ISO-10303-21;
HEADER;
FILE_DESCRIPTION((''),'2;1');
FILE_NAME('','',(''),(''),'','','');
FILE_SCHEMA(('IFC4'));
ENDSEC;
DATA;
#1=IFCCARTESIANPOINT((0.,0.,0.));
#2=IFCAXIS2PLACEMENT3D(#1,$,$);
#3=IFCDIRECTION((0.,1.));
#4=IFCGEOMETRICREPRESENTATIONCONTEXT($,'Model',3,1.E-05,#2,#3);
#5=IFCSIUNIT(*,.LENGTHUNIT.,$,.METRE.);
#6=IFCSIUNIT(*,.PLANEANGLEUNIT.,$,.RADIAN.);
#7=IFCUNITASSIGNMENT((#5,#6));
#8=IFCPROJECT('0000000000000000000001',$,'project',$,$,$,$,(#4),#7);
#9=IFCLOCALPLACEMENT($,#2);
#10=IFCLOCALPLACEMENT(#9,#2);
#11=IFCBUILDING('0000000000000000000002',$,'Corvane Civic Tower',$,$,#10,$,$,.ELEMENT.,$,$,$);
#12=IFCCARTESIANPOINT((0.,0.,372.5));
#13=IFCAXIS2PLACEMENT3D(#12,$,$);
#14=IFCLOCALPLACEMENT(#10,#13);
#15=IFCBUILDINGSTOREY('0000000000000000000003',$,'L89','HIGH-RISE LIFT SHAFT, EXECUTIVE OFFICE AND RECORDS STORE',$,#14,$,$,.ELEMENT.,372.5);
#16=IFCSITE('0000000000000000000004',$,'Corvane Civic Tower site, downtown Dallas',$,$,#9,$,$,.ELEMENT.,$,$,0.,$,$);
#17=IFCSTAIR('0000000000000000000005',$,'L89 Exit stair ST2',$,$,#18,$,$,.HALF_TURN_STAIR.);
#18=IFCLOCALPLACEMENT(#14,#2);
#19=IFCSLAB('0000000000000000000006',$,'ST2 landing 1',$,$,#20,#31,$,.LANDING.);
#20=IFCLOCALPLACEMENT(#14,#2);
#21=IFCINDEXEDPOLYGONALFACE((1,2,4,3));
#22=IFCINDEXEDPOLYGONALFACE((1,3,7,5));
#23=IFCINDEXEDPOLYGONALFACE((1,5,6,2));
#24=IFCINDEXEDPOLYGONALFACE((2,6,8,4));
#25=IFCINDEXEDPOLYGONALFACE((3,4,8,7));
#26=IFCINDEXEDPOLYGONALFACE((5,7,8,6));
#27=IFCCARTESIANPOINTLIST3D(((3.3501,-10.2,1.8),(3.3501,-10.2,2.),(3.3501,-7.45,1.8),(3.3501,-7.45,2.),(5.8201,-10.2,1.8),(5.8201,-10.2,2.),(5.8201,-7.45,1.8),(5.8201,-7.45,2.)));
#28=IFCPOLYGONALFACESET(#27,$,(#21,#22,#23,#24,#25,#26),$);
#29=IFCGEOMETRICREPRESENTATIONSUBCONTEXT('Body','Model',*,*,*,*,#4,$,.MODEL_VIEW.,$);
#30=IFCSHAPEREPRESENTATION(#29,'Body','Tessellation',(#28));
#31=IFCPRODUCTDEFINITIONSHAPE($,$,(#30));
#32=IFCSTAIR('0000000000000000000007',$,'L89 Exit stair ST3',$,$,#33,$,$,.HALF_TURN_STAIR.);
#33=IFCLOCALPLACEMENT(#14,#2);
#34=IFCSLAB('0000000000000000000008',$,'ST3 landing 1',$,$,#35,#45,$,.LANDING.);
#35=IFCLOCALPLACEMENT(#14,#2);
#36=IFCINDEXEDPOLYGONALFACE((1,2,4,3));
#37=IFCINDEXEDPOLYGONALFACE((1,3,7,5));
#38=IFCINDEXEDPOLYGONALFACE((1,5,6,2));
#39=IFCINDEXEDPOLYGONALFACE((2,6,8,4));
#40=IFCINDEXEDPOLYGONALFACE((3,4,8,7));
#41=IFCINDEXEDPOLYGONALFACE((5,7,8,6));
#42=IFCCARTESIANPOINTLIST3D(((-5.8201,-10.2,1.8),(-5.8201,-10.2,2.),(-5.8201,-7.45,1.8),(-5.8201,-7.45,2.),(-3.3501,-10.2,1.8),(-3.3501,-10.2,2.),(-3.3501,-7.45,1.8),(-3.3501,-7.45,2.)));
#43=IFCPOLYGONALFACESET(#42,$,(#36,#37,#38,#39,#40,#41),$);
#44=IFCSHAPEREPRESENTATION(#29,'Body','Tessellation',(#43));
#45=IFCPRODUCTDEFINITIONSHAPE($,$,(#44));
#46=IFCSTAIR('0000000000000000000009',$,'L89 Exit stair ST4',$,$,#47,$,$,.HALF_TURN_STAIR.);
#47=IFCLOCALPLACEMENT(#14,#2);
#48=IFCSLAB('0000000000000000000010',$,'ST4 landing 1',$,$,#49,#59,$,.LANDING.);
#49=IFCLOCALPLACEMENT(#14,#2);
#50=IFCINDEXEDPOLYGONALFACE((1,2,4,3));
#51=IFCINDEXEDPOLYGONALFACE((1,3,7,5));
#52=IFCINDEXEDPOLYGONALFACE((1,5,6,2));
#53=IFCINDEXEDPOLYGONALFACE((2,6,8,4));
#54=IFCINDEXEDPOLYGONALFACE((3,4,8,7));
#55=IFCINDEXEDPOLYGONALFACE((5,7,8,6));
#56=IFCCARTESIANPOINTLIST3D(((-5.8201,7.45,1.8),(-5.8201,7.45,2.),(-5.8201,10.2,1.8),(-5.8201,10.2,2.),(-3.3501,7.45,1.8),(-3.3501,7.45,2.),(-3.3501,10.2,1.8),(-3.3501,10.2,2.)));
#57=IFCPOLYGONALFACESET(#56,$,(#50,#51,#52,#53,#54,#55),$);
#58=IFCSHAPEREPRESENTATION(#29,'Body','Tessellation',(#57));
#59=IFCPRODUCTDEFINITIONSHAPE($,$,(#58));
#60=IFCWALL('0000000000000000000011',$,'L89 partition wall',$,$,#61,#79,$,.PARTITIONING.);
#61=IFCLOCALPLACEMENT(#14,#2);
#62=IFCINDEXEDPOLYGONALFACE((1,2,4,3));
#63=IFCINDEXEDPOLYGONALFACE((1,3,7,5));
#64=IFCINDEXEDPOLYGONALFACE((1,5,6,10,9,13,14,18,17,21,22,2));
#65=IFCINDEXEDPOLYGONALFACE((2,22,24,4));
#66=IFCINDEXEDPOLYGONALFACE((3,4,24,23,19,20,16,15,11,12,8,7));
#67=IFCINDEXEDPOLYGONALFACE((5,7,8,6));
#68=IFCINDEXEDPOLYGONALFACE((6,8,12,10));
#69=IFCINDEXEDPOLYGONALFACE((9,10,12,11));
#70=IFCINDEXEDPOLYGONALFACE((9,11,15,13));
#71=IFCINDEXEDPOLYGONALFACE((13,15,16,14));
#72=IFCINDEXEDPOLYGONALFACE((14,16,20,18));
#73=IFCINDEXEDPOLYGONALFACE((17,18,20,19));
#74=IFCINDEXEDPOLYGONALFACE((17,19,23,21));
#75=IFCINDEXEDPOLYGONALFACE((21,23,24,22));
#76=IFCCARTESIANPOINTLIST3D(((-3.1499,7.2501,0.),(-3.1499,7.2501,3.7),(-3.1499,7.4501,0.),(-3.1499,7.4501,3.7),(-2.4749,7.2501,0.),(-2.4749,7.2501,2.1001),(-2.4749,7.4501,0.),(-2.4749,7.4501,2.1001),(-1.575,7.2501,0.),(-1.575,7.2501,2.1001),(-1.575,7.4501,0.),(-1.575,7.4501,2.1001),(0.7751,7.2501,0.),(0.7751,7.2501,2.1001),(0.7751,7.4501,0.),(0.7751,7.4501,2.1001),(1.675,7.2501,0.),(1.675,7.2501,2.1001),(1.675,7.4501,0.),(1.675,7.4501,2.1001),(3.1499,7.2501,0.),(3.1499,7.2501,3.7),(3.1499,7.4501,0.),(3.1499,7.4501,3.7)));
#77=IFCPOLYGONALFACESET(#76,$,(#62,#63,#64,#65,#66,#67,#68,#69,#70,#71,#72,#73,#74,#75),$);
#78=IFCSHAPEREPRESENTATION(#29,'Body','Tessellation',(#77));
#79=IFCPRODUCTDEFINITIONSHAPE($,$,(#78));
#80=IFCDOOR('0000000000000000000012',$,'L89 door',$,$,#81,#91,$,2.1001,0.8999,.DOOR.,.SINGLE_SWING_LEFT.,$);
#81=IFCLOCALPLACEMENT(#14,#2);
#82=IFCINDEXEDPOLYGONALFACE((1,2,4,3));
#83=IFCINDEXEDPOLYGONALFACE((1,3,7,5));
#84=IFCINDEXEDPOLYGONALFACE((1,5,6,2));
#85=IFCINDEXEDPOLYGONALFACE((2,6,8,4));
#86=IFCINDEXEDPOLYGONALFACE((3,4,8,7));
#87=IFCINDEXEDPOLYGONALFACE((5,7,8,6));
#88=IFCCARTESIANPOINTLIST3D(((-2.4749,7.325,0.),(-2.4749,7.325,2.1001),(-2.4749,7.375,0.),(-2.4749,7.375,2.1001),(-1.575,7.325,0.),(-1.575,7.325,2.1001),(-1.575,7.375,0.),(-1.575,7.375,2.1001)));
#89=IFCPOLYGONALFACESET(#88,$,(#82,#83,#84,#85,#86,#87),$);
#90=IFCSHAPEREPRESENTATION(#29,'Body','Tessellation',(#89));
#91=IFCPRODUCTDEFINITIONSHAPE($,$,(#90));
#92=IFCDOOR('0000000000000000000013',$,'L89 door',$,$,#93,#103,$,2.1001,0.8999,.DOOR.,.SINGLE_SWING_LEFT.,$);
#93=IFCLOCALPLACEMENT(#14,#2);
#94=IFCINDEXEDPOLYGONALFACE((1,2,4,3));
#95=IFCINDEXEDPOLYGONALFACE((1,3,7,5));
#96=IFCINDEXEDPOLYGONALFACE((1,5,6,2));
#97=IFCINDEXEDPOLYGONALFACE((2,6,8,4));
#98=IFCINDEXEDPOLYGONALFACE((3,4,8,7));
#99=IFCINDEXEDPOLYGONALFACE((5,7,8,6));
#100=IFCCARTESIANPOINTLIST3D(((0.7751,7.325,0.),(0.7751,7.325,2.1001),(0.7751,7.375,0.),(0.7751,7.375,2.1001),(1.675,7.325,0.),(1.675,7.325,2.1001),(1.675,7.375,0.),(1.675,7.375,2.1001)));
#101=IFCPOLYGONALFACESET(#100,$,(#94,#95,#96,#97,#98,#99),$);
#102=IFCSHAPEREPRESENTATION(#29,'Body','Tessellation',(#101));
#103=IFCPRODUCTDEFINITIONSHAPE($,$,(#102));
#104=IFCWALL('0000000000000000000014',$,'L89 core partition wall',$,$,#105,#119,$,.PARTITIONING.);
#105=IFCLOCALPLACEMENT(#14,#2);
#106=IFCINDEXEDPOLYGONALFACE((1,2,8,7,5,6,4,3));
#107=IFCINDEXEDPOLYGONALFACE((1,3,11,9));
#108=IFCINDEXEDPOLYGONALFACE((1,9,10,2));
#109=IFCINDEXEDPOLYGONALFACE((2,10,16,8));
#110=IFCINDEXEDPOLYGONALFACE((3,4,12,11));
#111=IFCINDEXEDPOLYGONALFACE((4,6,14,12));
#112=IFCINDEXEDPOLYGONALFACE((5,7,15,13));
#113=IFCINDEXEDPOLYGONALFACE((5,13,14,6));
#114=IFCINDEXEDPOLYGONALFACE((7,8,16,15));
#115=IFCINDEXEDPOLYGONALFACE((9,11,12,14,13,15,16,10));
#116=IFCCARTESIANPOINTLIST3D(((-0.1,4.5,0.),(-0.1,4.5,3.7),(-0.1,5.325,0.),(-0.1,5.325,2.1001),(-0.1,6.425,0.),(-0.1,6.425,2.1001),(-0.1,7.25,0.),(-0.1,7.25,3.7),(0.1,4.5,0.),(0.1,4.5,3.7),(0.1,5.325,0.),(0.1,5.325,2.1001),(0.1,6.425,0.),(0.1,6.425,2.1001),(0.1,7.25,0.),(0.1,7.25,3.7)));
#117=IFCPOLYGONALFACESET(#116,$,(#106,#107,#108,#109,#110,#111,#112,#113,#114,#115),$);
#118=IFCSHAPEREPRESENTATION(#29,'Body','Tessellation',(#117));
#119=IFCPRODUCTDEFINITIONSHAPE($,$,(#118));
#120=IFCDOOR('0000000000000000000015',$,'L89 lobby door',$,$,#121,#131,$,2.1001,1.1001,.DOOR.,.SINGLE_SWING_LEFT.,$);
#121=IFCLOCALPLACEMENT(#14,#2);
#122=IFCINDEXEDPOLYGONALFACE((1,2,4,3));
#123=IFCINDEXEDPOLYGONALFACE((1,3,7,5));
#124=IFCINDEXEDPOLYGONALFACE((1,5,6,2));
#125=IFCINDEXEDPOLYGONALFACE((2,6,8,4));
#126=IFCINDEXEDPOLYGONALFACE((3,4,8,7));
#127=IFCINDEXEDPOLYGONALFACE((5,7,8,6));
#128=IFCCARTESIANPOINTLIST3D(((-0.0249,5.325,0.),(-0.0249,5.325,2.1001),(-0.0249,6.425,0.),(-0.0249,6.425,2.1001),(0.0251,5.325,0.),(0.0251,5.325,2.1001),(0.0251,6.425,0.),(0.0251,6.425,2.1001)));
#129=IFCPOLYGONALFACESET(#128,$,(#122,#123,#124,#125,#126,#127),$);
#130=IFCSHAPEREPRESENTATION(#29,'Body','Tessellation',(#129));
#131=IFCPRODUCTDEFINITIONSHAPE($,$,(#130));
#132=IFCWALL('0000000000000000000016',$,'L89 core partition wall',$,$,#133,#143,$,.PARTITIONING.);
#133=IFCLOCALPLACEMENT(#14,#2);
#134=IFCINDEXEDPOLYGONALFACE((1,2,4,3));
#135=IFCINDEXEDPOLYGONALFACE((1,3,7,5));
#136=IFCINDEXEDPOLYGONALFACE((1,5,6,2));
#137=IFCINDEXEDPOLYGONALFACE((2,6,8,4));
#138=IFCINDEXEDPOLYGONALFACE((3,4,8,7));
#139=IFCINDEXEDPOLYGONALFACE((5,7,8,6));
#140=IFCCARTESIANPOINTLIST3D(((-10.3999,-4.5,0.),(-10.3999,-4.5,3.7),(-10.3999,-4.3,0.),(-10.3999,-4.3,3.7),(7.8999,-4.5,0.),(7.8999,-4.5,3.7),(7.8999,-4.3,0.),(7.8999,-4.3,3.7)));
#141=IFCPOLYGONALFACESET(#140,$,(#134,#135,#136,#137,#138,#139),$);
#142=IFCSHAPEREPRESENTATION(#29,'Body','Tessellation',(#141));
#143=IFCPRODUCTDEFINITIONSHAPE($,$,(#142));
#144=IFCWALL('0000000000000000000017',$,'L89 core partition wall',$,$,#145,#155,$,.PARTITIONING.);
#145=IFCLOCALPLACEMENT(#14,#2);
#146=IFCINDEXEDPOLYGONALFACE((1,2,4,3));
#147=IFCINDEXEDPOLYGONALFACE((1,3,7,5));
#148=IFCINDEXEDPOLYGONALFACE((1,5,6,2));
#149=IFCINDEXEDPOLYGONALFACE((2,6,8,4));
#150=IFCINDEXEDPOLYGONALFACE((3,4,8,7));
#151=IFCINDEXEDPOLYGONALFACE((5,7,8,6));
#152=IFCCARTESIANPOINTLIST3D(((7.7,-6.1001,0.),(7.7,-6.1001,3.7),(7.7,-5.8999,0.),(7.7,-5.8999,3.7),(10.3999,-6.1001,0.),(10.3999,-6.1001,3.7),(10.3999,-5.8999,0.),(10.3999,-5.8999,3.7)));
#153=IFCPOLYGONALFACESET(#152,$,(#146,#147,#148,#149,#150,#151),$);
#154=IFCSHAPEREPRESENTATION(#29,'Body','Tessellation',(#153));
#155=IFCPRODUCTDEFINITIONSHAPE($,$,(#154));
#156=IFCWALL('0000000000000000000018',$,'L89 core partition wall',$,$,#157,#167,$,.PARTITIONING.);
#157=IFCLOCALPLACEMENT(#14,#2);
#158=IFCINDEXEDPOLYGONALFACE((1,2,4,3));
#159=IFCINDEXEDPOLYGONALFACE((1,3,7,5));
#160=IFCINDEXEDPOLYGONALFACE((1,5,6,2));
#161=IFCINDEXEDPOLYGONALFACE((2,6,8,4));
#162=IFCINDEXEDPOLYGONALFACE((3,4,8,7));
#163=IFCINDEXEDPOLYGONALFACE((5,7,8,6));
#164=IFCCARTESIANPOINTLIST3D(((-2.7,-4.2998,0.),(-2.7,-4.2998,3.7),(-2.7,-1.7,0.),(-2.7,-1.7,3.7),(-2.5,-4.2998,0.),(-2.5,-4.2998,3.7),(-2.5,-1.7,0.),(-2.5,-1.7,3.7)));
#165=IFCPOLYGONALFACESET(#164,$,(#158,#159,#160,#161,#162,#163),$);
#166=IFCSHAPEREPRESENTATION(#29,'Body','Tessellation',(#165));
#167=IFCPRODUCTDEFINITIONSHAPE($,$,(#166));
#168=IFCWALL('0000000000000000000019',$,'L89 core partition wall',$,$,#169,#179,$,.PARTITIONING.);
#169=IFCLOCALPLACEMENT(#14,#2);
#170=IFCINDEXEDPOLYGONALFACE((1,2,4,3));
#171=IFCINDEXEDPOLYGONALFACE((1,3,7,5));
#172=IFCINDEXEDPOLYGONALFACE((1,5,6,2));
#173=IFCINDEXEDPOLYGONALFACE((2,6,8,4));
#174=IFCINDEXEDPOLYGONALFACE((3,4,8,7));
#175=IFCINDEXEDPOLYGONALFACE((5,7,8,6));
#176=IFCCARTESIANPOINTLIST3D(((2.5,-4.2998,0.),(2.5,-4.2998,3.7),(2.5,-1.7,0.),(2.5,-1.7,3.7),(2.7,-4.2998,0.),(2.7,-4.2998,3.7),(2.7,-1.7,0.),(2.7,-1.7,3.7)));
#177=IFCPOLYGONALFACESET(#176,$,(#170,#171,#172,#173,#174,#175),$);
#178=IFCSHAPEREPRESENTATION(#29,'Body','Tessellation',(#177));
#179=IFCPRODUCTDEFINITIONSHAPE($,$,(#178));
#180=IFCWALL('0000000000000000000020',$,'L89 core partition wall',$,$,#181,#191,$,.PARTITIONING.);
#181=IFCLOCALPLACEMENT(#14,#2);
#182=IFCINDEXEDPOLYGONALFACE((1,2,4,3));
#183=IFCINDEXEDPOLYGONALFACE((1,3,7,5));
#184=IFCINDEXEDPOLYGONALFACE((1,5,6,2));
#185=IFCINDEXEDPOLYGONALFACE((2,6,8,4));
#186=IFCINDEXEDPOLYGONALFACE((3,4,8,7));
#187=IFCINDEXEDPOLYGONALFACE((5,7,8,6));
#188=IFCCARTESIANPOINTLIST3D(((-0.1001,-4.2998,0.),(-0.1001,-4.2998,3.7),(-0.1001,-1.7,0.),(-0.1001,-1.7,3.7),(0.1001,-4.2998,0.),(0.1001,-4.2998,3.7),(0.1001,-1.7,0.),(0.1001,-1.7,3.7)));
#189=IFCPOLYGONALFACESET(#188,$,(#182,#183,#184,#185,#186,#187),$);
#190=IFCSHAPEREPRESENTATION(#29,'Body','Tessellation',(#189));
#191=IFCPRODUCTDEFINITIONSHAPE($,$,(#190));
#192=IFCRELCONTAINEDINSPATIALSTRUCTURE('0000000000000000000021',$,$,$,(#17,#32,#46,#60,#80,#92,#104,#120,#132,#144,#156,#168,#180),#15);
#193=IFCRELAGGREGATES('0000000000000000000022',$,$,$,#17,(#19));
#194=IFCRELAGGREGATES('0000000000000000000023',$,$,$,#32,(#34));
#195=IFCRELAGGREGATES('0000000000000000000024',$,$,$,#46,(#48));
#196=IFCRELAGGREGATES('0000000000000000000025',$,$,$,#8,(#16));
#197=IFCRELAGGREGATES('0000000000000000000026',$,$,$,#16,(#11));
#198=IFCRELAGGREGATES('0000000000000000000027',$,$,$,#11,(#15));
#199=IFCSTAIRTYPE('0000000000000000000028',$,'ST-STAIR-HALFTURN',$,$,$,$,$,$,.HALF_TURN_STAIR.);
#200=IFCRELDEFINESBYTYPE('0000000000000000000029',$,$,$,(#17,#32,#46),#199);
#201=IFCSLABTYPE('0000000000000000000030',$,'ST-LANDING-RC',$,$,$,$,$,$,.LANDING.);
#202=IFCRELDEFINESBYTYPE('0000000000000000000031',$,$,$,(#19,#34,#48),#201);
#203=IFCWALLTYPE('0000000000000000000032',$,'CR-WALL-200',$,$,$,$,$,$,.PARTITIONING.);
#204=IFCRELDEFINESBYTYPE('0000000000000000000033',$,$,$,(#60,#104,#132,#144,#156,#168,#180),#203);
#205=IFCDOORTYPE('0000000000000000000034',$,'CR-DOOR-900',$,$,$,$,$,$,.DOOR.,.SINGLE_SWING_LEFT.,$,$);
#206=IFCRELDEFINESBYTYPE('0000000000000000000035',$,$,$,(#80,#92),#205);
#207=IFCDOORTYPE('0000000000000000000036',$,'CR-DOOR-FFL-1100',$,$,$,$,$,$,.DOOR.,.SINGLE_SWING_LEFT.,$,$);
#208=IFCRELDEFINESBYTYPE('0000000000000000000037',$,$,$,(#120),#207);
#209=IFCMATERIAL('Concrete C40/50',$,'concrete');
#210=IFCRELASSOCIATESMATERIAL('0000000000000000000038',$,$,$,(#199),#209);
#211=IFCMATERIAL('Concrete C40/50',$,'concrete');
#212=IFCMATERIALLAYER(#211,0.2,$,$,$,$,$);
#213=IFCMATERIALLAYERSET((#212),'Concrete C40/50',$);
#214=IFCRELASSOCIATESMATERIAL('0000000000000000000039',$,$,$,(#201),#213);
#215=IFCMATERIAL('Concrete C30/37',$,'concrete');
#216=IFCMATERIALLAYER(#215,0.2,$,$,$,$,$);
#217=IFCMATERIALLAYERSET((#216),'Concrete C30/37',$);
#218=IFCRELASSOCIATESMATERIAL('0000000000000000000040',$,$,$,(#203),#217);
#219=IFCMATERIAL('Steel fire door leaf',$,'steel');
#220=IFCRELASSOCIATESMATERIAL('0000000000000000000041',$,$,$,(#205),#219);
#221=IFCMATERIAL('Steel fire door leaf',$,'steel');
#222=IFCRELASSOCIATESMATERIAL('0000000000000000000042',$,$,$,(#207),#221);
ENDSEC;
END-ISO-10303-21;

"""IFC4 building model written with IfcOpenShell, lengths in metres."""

from ifc_helpers import new_model, si_unit, direction, frame, frame_2d, origin, place, context, subcontext, project, spatial, polyline, rectangle, outline, extrude, material, layer, layer_set, type_object, element, fill, aggregate, save


model = new_model("IFC4")

# Units and contexts
model_context = context("Model", 3, precision=1e-05, world=origin(), true_north=direction((0.0, 1.0)))
body_context = subcontext(model_context, "Body", "Model", "MODEL_VIEW")
ifc_project = project(units=[si_unit("LENGTHUNIT", "METRE"), si_unit("PLANEANGLEUNIT", "RADIAN")], contexts=[model_context])

# Site, building, storey
site_placement = place(None, origin())
site = spatial("IfcSite", under=ifc_project, at=site_placement, Name="Corvane Civic Tower site, downtown Dallas", CompositionType="ELEMENT", RefElevation=0.0)
building_placement = place(site_placement, origin())
building = spatial("IfcBuilding", under=site, at=building_placement, Name="Corvane Civic Tower", CompositionType="ELEMENT")
storey_placement = place(building_placement, frame((0.0, 0.0, 372.5)))
storey = spatial("IfcBuildingStorey", under=building, at=storey_placement, Name="L89", Description="HIGH-RISE LIFT SHAFT, EXECUTIVE OFFICE AND RECORDS STORE", CompositionType="ELEMENT", Elevation=372.5)

# Stairs, slabs
ifc_material_1 = material(Name="Concrete C40/50", Category="concrete")
stair_type = type_object("IfcStairType", Name="ST-STAIR-HALFTURN", PredefinedType="HALF_TURN_STAIR", material=ifc_material_1)
stair_1_placement = place(storey_placement, origin())
stair_1 = element("IfcStair", 1, at=stair_1_placement, inside=storey, type_object=stair_type, Name="L89 Exit stair ST2", PredefinedType="HALF_TURN_STAIR")
ifc_material_2 = material(Name="Concrete C40/50", Category="concrete")
ifc_layer_1 = layer(ifc_material_2, 0.2)
ifc_layer_set_1 = layer_set([ifc_layer_1], Name="Concrete C40/50")
slab_type = type_object("IfcSlabType", Name="ST-LANDING-RC", PredefinedType="LANDING", material=ifc_layer_set_1)
slab_1_placement = place(storey_placement, frame((0.0, 0.0, 1.8)))
slab_1 = element("IfcSlab", 2, at=slab_1_placement, type_object=slab_type, Name="ST2 landing 1", PredefinedType="LANDING", context=body_context, shape_type="SweptSolid", body=[
    extrude(outline(polyline([(5.8201, -7.45), (3.3501, -7.45), (3.3501, -10.2), (5.8201, -10.2), (5.8201, -7.45)])), origin(), (0.0, 0.0, 1.0), 0.2),
])
aggregate(stair_1, [slab_1])
stair_2_placement = place(storey_placement, origin())
stair_2 = element("IfcStair", 3, at=stair_2_placement, inside=storey, type_object=stair_type, Name="L89 Exit stair ST3", PredefinedType="HALF_TURN_STAIR")
slab_2_placement = place(storey_placement, frame((0.0, 0.0, 1.8)))
slab_2 = element("IfcSlab", 4, at=slab_2_placement, type_object=slab_type, Name="ST3 landing 1", PredefinedType="LANDING", context=body_context, shape_type="SweptSolid", body=[
    extrude(outline(polyline([(-5.8201, -10.2), (-3.3501, -10.2), (-3.3501, -7.45), (-5.8201, -7.45), (-5.8201, -10.2)])), origin(), (0.0, 0.0, 1.0), 0.2),
])
aggregate(stair_2, [slab_2])
stair_3_placement = place(storey_placement, origin())
stair_3 = element("IfcStair", 5, at=stair_3_placement, inside=storey, type_object=stair_type, Name="L89 Exit stair ST4", PredefinedType="HALF_TURN_STAIR")
slab_3_placement = place(storey_placement, frame((0.0, 0.0, 1.8)))
slab_3 = element("IfcSlab", 6, at=slab_3_placement, type_object=slab_type, Name="ST4 landing 1", PredefinedType="LANDING", context=body_context, shape_type="SweptSolid", body=[
    extrude(outline(polyline([(-5.8201, 7.45), (-3.3501, 7.45), (-3.3501, 10.2), (-5.8201, 10.2), (-5.8201, 7.45)])), origin(), (0.0, 0.0, 1.0), 0.2),
])

# Wall, openings, doors
ifc_material_3 = material(Name="Concrete C30/37", Category="concrete")
ifc_layer_2 = layer(ifc_material_3, 0.2)
ifc_layer_set_2 = layer_set([ifc_layer_2], Name="Concrete C30/37")
wall_type = type_object("IfcWallType", Name="CR-WALL-200", PredefinedType="PARTITIONING", material=ifc_layer_set_2)
wall_1_placement = place(storey_placement, frame((-3.1499, 7.3501, 0.0), z_axis=(0.0, 0.0, 1.0), x_axis=(1.0, 0.0, 0.0)))
wall_1 = element("IfcWall", 7, at=wall_1_placement, inside=storey, type_object=wall_type, Name="L89 partition wall", PredefinedType="PARTITIONING", context=body_context, shape_type="SweptSolid", body=[
    extrude(rectangle(XDim=6.2998, YDim=0.2, at=frame_2d((3.1499, 0.0))), origin(), (0.0, 0.0, 1.0), 3.7),
])
opening_1_placement = place(wall_1_placement, frame((0.675, 0.0, 0.0)))
opening_1 = element("IfcOpeningElement", 8, at=opening_1_placement, cuts=wall_1, PredefinedType="OPENING", context=body_context, shape_type="SweptSolid", body=[
    extrude(rectangle(XDim=0.8999, YDim=2.1001, at=frame_2d((0.45, 1.05))), frame((0.0, 0.1099, 0.0), z_axis=(0.0, -1.0, 0.0), x_axis=(1.0, 0.0, 0.0)), (0.0, 0.0, 1.0), 0.22),
])
opening_2_placement = place(wall_1_placement, frame((3.925, 0.0, 0.0)))
opening_2 = element("IfcOpeningElement", 9, at=opening_2_placement, cuts=wall_1, PredefinedType="OPENING", context=body_context, shape_type="SweptSolid", body=[
    extrude(rectangle(XDim=0.8999, YDim=2.1001, at=frame_2d((0.45, 1.05))), frame((0.0, 0.1099, 0.0), z_axis=(0.0, -1.0, 0.0), x_axis=(1.0, 0.0, 0.0)), (0.0, 0.0, 1.0), 0.22),
])
ifc_material_4 = material(Name="Steel fire door leaf", Category="steel")
door_type_1 = type_object("IfcDoorType", Name="CR-DOOR-900", OperationType="SINGLE_SWING_LEFT", PredefinedType="DOOR", material=ifc_material_4)
door_1_placement = place(opening_1_placement, origin())
door_1 = element("IfcDoor", 10, at=door_1_placement, inside=storey, type_object=door_type_1, Name="L89 door", OperationType="SINGLE_SWING_LEFT", OverallHeight=2.1001, OverallWidth=0.8999, PredefinedType="DOOR", context=body_context, shape_type="SweptSolid", body=[
    extrude(rectangle(XDim=0.8999, YDim=2.1001, at=frame_2d((0.45, 1.05))), frame((0.0, 0.0249, 0.0), z_axis=(0.0, -1.0, 0.0), x_axis=(1.0, 0.0, 0.0)), (0.0, 0.0, 1.0), 0.05),
])
fill(opening_1, door_1)
door_2_placement = place(opening_2_placement, origin())
door_2 = element("IfcDoor", 11, at=door_2_placement, inside=storey, type_object=door_type_1, Name="L89 door", OperationType="SINGLE_SWING_LEFT", OverallHeight=2.1001, OverallWidth=0.8999, PredefinedType="DOOR", context=body_context, shape_type="SweptSolid", body=[
    extrude(rectangle(XDim=0.8999, YDim=2.1001, at=frame_2d((0.45, 1.05))), frame((0.0, 0.0249, 0.0), z_axis=(0.0, -1.0, 0.0), x_axis=(1.0, 0.0, 0.0)), (0.0, 0.0, 1.0), 0.05),
])
fill(opening_2, door_2)

# Wall, opening, door
wall_2_placement = place(storey_placement, frame((0.0, 4.5, 0.0), z_axis=(0.0, 0.0, 1.0), x_axis=(0.0, 1.0, 0.0)))
wall_2 = element("IfcWall", 12, at=wall_2_placement, inside=storey, type_object=wall_type, Name="L89 core partition wall", PredefinedType="PARTITIONING", context=body_context, shape_type="SweptSolid", body=[
    extrude(rectangle(XDim=2.75, YDim=0.2, at=frame_2d((1.375, 0.0))), origin(), (0.0, 0.0, 1.0), 3.7),
])
opening_3_placement = place(wall_2_placement, frame((0.825, 0.0, 0.0)))
opening_3 = element("IfcOpeningElement", 13, at=opening_3_placement, cuts=wall_2, PredefinedType="OPENING", context=body_context, shape_type="SweptSolid", body=[
    extrude(rectangle(XDim=1.1001, YDim=2.1001, at=frame_2d((0.55, 1.05))), frame((0.0, 0.1099, 0.0), z_axis=(0.0, -1.0, 0.0), x_axis=(1.0, 0.0, 0.0)), (0.0, 0.0, 1.0), 0.22),
])
ifc_material_5 = material(Name="Steel fire door leaf", Category="steel")
door_type_2 = type_object("IfcDoorType", Name="CR-DOOR-FFL-1100", OperationType="SINGLE_SWING_LEFT", PredefinedType="DOOR", material=ifc_material_5)
door_3_placement = place(opening_3_placement, origin())
door_3 = element("IfcDoor", 14, at=door_3_placement, inside=storey, type_object=door_type_2, Name="L89 lobby door", OperationType="SINGLE_SWING_LEFT", OverallHeight=2.1001, OverallWidth=1.1001, PredefinedType="DOOR", context=body_context, shape_type="SweptSolid", body=[
    extrude(rectangle(XDim=1.1001, YDim=2.1001, at=frame_2d((0.55, 1.05))), frame((0.0, 0.0249, 0.0), z_axis=(0.0, -1.0, 0.0), x_axis=(1.0, 0.0, 0.0)), (0.0, 0.0, 1.0), 0.05),
])
fill(opening_3, door_3)

# Walls
wall_3_placement = place(storey_placement, origin())
element("IfcWall", 15, at=wall_3_placement, inside=storey, type_object=wall_type, Name="L89 core partition wall", PredefinedType="PARTITIONING", context=body_context, shape_type="SweptSolid", body=[
    extrude(outline(polyline([(7.8999, -4.3), (7.8999, -4.5), (-10.3999, -4.5), (-10.3999, -4.3), (7.8999, -4.3)])), origin(), (0.0, 0.0, 1.0), 3.7),
])
wall_4_placement = place(storey_placement, origin())
element("IfcWall", 16, at=wall_4_placement, inside=storey, type_object=wall_type, Name="L89 core partition wall", PredefinedType="PARTITIONING", context=body_context, shape_type="SweptSolid", body=[
    extrude(outline(polyline([(10.3999, -6.1001), (7.7, -6.1001), (7.7, -5.8999), (10.3999, -5.8999), (10.3999, -6.1001)])), origin(), (0.0, 0.0, 1.0), 3.7),
])
wall_5_placement = place(storey_placement, origin())
element("IfcWall", 17, at=wall_5_placement, inside=storey, type_object=wall_type, Name="L89 core partition wall", PredefinedType="PARTITIONING", context=body_context, shape_type="SweptSolid", body=[
    extrude(outline(polyline([(-2.5, -1.7), (-2.5, -4.2998), (-2.7, -4.2998), (-2.7, -1.7), (-2.5, -1.7)])), origin(), (0.0, 0.0, 1.0), 3.7),
])
wall_6_placement = place(storey_placement, origin())
element("IfcWall", 18, at=wall_6_placement, inside=storey, type_object=wall_type, Name="L89 core partition wall", PredefinedType="PARTITIONING", context=body_context, shape_type="SweptSolid", body=[
    extrude(outline(polyline([(2.7, -1.7), (2.7, -4.2998), (2.5, -4.2998), (2.5, -1.7), (2.7, -1.7)])), origin(), (0.0, 0.0, 1.0), 3.7),
])
wall_7_placement = place(storey_placement, origin())
element("IfcWall", 19, at=wall_7_placement, inside=storey, type_object=wall_type, Name="L89 core partition wall", PredefinedType="PARTITIONING", context=body_context, shape_type="SweptSolid", body=[
    extrude(outline(polyline([(0.1001, -1.7), (0.1001, -4.2998), (-0.1001, -4.2998), (-0.1001, -1.7), (0.1001, -1.7)])), origin(), (0.0, 0.0, 1.0), 3.7),
])

aggregate(stair_3, [slab_3])

save(model, "model.ifc")
